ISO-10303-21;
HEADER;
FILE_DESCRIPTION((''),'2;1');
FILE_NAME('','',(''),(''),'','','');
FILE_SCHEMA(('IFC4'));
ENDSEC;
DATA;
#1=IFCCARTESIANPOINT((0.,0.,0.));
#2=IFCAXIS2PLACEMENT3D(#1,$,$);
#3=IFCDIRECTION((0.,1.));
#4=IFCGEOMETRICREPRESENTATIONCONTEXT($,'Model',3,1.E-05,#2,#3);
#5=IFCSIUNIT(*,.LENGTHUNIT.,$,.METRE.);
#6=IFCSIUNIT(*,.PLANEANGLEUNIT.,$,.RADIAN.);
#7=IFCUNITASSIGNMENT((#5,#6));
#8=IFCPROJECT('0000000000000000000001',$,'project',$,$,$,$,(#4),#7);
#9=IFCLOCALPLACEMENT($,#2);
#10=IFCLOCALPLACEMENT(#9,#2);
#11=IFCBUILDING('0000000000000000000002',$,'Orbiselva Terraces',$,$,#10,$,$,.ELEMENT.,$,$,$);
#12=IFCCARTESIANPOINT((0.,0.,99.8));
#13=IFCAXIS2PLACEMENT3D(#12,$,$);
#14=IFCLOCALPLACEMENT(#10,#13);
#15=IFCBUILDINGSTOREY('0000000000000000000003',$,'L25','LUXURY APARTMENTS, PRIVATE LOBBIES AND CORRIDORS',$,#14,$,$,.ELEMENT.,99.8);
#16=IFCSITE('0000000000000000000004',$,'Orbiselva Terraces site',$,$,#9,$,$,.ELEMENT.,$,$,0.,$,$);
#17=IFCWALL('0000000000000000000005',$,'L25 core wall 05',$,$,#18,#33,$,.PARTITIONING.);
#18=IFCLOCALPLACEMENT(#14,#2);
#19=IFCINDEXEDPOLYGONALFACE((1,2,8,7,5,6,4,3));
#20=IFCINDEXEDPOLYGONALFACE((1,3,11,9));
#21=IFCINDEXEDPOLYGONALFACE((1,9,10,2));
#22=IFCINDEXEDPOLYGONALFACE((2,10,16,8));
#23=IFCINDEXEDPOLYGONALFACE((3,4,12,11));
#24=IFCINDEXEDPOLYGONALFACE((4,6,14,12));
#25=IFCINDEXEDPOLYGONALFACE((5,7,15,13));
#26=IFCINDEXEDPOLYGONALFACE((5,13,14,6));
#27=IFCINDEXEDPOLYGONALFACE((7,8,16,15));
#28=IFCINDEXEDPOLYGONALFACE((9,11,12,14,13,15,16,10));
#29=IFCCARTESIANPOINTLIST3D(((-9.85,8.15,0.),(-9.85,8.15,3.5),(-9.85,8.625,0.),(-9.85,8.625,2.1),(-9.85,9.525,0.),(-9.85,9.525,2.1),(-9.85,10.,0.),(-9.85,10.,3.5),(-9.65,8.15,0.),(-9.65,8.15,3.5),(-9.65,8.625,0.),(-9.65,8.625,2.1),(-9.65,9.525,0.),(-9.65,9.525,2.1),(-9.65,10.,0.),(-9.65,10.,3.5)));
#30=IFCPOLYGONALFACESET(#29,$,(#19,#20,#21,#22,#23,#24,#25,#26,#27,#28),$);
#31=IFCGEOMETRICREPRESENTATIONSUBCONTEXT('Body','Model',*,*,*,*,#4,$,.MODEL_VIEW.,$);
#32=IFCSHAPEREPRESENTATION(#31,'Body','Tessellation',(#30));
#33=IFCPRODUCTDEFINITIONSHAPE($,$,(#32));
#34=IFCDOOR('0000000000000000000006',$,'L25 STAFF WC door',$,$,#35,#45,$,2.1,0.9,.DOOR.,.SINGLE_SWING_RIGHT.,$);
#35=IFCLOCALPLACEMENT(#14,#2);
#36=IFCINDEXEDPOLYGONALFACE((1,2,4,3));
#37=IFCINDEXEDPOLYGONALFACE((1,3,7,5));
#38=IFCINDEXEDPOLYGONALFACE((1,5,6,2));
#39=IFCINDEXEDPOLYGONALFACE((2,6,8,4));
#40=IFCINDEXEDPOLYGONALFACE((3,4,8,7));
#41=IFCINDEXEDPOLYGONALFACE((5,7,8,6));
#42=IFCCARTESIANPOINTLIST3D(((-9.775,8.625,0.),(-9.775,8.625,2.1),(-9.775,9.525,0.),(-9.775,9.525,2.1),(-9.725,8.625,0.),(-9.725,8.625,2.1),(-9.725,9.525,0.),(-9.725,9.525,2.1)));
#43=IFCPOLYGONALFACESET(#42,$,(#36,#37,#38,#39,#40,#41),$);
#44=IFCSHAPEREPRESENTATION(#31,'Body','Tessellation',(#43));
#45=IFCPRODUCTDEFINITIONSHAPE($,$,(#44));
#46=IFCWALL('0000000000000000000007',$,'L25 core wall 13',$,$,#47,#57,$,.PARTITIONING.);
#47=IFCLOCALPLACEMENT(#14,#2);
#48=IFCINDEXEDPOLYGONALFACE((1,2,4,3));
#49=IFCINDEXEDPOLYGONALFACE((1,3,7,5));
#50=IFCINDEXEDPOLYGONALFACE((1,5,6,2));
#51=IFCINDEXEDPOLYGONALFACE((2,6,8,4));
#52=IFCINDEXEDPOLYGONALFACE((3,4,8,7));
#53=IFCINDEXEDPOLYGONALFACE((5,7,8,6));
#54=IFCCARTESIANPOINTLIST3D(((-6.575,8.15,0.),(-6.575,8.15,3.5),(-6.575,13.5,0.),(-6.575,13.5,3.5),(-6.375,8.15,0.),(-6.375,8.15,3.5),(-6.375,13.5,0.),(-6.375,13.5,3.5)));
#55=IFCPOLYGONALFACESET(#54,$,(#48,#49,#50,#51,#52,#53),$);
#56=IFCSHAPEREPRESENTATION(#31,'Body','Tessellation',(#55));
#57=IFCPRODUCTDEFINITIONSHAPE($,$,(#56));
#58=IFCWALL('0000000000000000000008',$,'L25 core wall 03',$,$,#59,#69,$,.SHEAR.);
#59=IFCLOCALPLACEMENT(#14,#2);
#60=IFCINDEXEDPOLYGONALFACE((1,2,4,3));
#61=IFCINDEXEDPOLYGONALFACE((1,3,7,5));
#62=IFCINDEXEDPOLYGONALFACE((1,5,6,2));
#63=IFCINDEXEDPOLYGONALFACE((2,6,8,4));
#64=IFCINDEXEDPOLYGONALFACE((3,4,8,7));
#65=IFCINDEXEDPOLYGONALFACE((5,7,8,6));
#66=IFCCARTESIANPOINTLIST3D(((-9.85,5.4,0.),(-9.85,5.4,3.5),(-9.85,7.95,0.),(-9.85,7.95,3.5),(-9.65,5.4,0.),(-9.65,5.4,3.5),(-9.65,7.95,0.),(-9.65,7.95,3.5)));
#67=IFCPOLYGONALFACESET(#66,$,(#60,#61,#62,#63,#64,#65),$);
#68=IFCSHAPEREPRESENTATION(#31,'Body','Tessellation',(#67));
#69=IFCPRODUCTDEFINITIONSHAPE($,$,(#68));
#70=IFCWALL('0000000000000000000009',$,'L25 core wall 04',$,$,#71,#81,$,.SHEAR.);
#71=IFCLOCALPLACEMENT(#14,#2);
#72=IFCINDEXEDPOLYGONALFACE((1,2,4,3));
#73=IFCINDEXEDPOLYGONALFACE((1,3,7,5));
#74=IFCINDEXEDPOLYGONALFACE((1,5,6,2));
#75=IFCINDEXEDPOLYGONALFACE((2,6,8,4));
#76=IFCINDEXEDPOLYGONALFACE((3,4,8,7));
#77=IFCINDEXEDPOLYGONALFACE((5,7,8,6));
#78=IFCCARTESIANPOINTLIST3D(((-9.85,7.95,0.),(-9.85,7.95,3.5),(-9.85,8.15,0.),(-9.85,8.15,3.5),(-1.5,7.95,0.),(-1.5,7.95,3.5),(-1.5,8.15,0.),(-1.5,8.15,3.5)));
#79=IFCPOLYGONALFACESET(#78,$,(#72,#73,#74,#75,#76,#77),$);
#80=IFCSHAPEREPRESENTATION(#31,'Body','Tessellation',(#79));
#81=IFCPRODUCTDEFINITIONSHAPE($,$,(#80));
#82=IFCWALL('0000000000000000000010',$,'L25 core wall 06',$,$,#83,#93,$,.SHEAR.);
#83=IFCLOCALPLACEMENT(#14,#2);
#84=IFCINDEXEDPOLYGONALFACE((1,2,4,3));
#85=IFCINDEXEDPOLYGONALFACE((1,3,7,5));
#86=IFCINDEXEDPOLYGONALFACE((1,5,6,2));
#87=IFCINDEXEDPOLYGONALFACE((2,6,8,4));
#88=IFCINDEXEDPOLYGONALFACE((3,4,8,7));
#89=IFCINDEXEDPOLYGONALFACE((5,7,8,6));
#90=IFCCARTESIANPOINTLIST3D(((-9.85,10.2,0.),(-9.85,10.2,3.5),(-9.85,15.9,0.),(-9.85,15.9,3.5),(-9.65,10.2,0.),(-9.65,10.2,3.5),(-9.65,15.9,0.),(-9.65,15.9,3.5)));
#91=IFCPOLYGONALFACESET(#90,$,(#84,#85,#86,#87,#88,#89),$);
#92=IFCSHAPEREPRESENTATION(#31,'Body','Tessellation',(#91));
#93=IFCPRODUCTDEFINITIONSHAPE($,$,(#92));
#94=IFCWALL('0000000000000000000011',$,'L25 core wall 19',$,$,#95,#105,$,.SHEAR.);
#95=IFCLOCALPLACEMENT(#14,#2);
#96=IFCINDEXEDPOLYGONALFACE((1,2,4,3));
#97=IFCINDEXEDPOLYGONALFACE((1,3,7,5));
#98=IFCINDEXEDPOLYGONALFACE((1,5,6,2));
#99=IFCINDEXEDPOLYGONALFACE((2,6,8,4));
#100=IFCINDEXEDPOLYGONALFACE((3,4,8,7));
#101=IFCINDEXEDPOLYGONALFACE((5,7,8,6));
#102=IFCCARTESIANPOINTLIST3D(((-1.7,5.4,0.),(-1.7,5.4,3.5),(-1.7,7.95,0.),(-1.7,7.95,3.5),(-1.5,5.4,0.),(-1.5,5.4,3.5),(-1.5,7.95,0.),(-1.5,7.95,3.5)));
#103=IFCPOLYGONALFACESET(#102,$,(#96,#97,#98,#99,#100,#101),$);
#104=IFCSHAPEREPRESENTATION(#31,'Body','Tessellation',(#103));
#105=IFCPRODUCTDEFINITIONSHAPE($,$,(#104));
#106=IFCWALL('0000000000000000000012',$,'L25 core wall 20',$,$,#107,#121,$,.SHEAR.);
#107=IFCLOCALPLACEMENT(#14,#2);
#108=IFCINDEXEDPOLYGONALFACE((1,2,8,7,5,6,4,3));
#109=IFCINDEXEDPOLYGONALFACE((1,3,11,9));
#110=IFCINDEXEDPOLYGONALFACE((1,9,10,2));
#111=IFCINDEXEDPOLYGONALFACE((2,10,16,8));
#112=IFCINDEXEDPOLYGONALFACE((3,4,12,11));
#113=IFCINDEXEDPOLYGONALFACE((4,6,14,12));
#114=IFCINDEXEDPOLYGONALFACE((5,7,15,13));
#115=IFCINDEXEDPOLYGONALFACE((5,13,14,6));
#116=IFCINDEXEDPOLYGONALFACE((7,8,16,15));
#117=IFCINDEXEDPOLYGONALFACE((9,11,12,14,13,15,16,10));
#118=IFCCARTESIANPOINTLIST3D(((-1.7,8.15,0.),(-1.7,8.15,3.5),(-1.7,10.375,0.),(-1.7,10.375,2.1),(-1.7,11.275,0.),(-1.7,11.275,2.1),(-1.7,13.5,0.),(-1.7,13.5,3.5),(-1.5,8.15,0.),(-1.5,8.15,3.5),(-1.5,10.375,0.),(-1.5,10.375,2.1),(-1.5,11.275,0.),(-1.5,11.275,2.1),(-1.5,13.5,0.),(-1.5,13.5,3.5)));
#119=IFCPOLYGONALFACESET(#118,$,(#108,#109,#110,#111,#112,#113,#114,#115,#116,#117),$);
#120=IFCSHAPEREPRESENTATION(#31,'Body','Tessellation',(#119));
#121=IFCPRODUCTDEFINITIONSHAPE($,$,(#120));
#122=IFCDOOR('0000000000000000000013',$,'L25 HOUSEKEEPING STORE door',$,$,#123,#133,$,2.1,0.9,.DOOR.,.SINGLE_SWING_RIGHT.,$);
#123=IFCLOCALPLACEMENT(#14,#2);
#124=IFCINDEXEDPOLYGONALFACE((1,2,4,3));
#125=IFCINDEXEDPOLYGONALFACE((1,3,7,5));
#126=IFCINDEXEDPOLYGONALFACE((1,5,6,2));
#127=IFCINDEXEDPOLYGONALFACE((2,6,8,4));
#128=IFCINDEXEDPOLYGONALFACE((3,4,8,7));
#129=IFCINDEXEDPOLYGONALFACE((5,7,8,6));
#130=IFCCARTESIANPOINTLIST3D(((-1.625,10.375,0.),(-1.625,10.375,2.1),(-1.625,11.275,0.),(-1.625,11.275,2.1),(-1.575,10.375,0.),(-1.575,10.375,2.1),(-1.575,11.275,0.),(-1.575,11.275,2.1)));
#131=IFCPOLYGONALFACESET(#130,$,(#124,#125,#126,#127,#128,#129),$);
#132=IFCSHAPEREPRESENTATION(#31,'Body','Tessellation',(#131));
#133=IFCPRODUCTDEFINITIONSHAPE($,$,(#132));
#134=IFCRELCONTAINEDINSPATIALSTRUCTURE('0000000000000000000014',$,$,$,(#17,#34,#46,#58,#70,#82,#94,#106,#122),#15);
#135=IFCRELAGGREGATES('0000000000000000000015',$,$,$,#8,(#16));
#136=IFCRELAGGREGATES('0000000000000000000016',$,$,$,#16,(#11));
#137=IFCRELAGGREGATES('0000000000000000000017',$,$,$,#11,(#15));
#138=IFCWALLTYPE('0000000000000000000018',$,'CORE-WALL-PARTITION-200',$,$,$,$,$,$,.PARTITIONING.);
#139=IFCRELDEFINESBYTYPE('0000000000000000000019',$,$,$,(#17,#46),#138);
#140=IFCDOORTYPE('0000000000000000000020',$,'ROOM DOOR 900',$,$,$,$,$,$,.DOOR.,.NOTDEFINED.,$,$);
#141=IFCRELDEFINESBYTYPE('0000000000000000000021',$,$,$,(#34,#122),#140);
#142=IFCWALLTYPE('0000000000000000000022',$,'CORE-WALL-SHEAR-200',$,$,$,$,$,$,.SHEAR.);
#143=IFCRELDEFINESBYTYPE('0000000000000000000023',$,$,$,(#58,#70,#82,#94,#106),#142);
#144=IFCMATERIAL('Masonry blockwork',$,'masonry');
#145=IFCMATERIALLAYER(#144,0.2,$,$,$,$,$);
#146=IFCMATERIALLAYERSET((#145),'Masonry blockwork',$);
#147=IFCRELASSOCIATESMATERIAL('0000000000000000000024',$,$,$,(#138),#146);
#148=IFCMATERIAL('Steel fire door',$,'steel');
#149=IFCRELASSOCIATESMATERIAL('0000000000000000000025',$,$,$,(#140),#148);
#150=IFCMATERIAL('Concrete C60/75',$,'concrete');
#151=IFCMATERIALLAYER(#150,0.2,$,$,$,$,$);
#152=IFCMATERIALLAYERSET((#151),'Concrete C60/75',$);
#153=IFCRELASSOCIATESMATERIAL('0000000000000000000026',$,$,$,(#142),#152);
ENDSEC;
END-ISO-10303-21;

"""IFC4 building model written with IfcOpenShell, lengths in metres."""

from ifc_helpers import new_model, si_unit, direction, frame, frame_2d, origin, place, context, subcontext, project, spatial, rectangle, extrude, material, layer, layer_set, type_object, element, fill, save


model = new_model("IFC4")

# Units and contexts
model_context = context("Model", 3, precision=1e-05, world=origin(), true_north=direction((0.0, 1.0)))
body_context = subcontext(model_context, "Body", "Model", "MODEL_VIEW")
ifc_project = project(units=[si_unit("LENGTHUNIT", "METRE"), si_unit("PLANEANGLEUNIT", "RADIAN")], contexts=[model_context])

# Site, building, storey
site_placement = place(None, origin())
site = spatial("IfcSite", under=ifc_project, at=site_placement, Name="Orbiselva Terraces site", CompositionType="ELEMENT", RefElevation=0.0)
building_placement = place(site_placement, origin())
building = spatial("IfcBuilding", under=site, at=building_placement, Name="Orbiselva Terraces", CompositionType="ELEMENT")
storey_placement = place(building_placement, frame((0.0, 0.0, 99.8)))
storey = spatial("IfcBuildingStorey", under=building, at=storey_placement, Name="L25", Description="LUXURY APARTMENTS, PRIVATE LOBBIES AND CORRIDORS", CompositionType="ELEMENT", Elevation=99.8)

# Wall, opening, door
ifc_material_1 = material(Name="Masonry blockwork", Category="masonry")
ifc_layer_1 = layer(ifc_material_1, 0.2)
ifc_layer_set_1 = layer_set([ifc_layer_1], Name="Masonry blockwork")
wall_type_1 = type_object("IfcWallType", Name="CORE-WALL-PARTITION-200", PredefinedType="PARTITIONING", material=ifc_layer_set_1)
wall_1_placement = place(storey_placement, frame((-9.75, 8.15, 0.0), z_axis=(0.0, 0.0, 1.0), x_axis=(0.0, 1.0, 0.0)))
wall_1 = element("IfcWall", 1, at=wall_1_placement, inside=storey, type_object=wall_type_1, Name="L25 core wall 05", PredefinedType="PARTITIONING", context=body_context, shape_type="SweptSolid", body=[
    extrude(rectangle(XDim=1.85, YDim=0.2, at=frame_2d((0.925, 0.0))), origin(), (0.0, 0.0, 1.0), 3.5),
])
opening_1_placement = place(wall_1_placement, frame((0.475, 0.0, 0.0)))
opening_1 = element("IfcOpeningElement", 2, at=opening_1_placement, cuts=wall_1, PredefinedType="OPENING", context=body_context, shape_type="SweptSolid", body=[
    extrude(rectangle(XDim=0.9, YDim=2.1, at=frame_2d((0.45, 1.05))), frame((0.0, 0.11, 0.0), z_axis=(0.0, -1.0, 0.0), x_axis=(1.0, 0.0, 0.0)), (0.0, 0.0, 1.0), 0.22),
])
ifc_material_2 = material(Name="Steel fire door", Category="steel")
door_type = type_object("IfcDoorType", Name="ROOM DOOR 900", OperationType="NOTDEFINED", PredefinedType="DOOR", material=ifc_material_2)
door_1_placement = place(opening_1_placement, origin())
door_1 = element("IfcDoor", 3, at=door_1_placement, inside=storey, type_object=door_type, Name="L25 STAFF WC door", OperationType="SINGLE_SWING_RIGHT", OverallHeight=2.1, OverallWidth=0.9, PredefinedType="DOOR", context=body_context, shape_type="SweptSolid", body=[
    extrude(rectangle(XDim=0.9, YDim=2.1, at=frame_2d((0.45, 1.05))), frame((0.0, 0.025, 0.0), z_axis=(0.0, -1.0, 0.0), x_axis=(1.0, 0.0, 0.0)), (0.0, 0.0, 1.0), 0.05),
])
fill(opening_1, door_1)

# Walls
wall_2_placement = place(storey_placement, frame((-6.475, 8.15, 0.0), z_axis=(0.0, 0.0, 1.0), x_axis=(0.0, 1.0, 0.0)))
element("IfcWall", 4, at=wall_2_placement, inside=storey, type_object=wall_type_1, Name="L25 core wall 13", PredefinedType="PARTITIONING", context=body_context, shape_type="SweptSolid", body=[
    extrude(rectangle(XDim=5.35, YDim=0.2, at=frame_2d((2.675, 0.0))), origin(), (0.0, 0.0, 1.0), 3.5),
])
ifc_material_3 = material(Name="Concrete C60/75", Category="concrete")
ifc_layer_2 = layer(ifc_material_3, 0.2)
ifc_layer_set_2 = layer_set([ifc_layer_2], Name="Concrete C60/75")
wall_type_2 = type_object("IfcWallType", Name="CORE-WALL-SHEAR-200", PredefinedType="SHEAR", material=ifc_layer_set_2)
wall_3_placement = place(storey_placement, frame((-9.75, 5.4, 0.0), z_axis=(0.0, 0.0, 1.0), x_axis=(0.0, 1.0, 0.0)))
element("IfcWall", 5, at=wall_3_placement, inside=storey, type_object=wall_type_2, Name="L25 core wall 03", PredefinedType="SHEAR", context=body_context, shape_type="SweptSolid", body=[
    extrude(rectangle(XDim=2.55, YDim=0.2, at=frame_2d((1.275, 0.0))), origin(), (0.0, 0.0, 1.0), 3.5),
])
wall_4_placement = place(storey_placement, frame((-9.85, 8.05, 0.0), z_axis=(0.0, 0.0, 1.0), x_axis=(1.0, 0.0, 0.0)))
element("IfcWall", 6, at=wall_4_placement, inside=storey, type_object=wall_type_2, Name="L25 core wall 04", PredefinedType="SHEAR", context=body_context, shape_type="SweptSolid", body=[
    extrude(rectangle(XDim=8.35, YDim=0.2, at=frame_2d((4.175, 0.0))), origin(), (0.0, 0.0, 1.0), 3.5),
])
wall_5_placement = place(storey_placement, frame((-9.75, 10.2, 0.0), z_axis=(0.0, 0.0, 1.0), x_axis=(0.0, 1.0, 0.0)))
element("IfcWall", 7, at=wall_5_placement, inside=storey, type_object=wall_type_2, Name="L25 core wall 06", PredefinedType="SHEAR", context=body_context, shape_type="SweptSolid", body=[
    extrude(rectangle(XDim=5.7, YDim=0.2, at=frame_2d((2.85, 0.0))), origin(), (0.0, 0.0, 1.0), 3.5),
])
wall_6_placement = place(storey_placement, frame((-1.6, 5.4, 0.0), z_axis=(0.0, 0.0, 1.0), x_axis=(0.0, 1.0, 0.0)))
element("IfcWall", 8, at=wall_6_placement, inside=storey, type_object=wall_type_2, Name="L25 core wall 19", PredefinedType="SHEAR", context=body_context, shape_type="SweptSolid", body=[
    extrude(rectangle(XDim=2.55, YDim=0.2, at=frame_2d((1.275, 0.0))), origin(), (0.0, 0.0, 1.0), 3.5),
])

# Wall, opening, door
wall_7_placement = place(storey_placement, frame((-1.6, 8.15, 0.0), z_axis=(0.0, 0.0, 1.0), x_axis=(0.0, 1.0, 0.0)))
wall_7 = element("IfcWall", 9, at=wall_7_placement, inside=storey, type_object=wall_type_2, Name="L25 core wall 20", PredefinedType="SHEAR", context=body_context, shape_type="SweptSolid", body=[
    extrude(rectangle(XDim=5.35, YDim=0.2, at=frame_2d((2.675, 0.0))), origin(), (0.0, 0.0, 1.0), 3.5),
])
opening_2_placement = place(wall_7_placement, frame((2.225, 0.0, 0.0)))
opening_2 = element("IfcOpeningElement", 10, at=opening_2_placement, cuts=wall_7, PredefinedType="OPENING", context=body_context, shape_type="SweptSolid", body=[
    extrude(rectangle(XDim=0.9, YDim=2.1, at=frame_2d((0.45, 1.05))), frame((0.0, 0.11, 0.0), z_axis=(0.0, -1.0, 0.0), x_axis=(1.0, 0.0, 0.0)), (0.0, 0.0, 1.0), 0.22),
])
door_2_placement = place(opening_2_placement, origin())
door_2 = element("IfcDoor", 11, at=door_2_placement, inside=storey, type_object=door_type, Name="L25 HOUSEKEEPING STORE door", OperationType="SINGLE_SWING_RIGHT", OverallHeight=2.1, OverallWidth=0.9, PredefinedType="DOOR", context=body_context, shape_type="SweptSolid", body=[
    extrude(rectangle(XDim=0.9, YDim=2.1, at=frame_2d((0.45, 1.05))), frame((0.0, 0.025, 0.0), z_axis=(0.0, -1.0, 0.0), x_axis=(1.0, 0.0, 0.0)), (0.0, 0.0, 1.0), 0.05),
])
fill(opening_2, door_2)

save(model, "model.ifc")
